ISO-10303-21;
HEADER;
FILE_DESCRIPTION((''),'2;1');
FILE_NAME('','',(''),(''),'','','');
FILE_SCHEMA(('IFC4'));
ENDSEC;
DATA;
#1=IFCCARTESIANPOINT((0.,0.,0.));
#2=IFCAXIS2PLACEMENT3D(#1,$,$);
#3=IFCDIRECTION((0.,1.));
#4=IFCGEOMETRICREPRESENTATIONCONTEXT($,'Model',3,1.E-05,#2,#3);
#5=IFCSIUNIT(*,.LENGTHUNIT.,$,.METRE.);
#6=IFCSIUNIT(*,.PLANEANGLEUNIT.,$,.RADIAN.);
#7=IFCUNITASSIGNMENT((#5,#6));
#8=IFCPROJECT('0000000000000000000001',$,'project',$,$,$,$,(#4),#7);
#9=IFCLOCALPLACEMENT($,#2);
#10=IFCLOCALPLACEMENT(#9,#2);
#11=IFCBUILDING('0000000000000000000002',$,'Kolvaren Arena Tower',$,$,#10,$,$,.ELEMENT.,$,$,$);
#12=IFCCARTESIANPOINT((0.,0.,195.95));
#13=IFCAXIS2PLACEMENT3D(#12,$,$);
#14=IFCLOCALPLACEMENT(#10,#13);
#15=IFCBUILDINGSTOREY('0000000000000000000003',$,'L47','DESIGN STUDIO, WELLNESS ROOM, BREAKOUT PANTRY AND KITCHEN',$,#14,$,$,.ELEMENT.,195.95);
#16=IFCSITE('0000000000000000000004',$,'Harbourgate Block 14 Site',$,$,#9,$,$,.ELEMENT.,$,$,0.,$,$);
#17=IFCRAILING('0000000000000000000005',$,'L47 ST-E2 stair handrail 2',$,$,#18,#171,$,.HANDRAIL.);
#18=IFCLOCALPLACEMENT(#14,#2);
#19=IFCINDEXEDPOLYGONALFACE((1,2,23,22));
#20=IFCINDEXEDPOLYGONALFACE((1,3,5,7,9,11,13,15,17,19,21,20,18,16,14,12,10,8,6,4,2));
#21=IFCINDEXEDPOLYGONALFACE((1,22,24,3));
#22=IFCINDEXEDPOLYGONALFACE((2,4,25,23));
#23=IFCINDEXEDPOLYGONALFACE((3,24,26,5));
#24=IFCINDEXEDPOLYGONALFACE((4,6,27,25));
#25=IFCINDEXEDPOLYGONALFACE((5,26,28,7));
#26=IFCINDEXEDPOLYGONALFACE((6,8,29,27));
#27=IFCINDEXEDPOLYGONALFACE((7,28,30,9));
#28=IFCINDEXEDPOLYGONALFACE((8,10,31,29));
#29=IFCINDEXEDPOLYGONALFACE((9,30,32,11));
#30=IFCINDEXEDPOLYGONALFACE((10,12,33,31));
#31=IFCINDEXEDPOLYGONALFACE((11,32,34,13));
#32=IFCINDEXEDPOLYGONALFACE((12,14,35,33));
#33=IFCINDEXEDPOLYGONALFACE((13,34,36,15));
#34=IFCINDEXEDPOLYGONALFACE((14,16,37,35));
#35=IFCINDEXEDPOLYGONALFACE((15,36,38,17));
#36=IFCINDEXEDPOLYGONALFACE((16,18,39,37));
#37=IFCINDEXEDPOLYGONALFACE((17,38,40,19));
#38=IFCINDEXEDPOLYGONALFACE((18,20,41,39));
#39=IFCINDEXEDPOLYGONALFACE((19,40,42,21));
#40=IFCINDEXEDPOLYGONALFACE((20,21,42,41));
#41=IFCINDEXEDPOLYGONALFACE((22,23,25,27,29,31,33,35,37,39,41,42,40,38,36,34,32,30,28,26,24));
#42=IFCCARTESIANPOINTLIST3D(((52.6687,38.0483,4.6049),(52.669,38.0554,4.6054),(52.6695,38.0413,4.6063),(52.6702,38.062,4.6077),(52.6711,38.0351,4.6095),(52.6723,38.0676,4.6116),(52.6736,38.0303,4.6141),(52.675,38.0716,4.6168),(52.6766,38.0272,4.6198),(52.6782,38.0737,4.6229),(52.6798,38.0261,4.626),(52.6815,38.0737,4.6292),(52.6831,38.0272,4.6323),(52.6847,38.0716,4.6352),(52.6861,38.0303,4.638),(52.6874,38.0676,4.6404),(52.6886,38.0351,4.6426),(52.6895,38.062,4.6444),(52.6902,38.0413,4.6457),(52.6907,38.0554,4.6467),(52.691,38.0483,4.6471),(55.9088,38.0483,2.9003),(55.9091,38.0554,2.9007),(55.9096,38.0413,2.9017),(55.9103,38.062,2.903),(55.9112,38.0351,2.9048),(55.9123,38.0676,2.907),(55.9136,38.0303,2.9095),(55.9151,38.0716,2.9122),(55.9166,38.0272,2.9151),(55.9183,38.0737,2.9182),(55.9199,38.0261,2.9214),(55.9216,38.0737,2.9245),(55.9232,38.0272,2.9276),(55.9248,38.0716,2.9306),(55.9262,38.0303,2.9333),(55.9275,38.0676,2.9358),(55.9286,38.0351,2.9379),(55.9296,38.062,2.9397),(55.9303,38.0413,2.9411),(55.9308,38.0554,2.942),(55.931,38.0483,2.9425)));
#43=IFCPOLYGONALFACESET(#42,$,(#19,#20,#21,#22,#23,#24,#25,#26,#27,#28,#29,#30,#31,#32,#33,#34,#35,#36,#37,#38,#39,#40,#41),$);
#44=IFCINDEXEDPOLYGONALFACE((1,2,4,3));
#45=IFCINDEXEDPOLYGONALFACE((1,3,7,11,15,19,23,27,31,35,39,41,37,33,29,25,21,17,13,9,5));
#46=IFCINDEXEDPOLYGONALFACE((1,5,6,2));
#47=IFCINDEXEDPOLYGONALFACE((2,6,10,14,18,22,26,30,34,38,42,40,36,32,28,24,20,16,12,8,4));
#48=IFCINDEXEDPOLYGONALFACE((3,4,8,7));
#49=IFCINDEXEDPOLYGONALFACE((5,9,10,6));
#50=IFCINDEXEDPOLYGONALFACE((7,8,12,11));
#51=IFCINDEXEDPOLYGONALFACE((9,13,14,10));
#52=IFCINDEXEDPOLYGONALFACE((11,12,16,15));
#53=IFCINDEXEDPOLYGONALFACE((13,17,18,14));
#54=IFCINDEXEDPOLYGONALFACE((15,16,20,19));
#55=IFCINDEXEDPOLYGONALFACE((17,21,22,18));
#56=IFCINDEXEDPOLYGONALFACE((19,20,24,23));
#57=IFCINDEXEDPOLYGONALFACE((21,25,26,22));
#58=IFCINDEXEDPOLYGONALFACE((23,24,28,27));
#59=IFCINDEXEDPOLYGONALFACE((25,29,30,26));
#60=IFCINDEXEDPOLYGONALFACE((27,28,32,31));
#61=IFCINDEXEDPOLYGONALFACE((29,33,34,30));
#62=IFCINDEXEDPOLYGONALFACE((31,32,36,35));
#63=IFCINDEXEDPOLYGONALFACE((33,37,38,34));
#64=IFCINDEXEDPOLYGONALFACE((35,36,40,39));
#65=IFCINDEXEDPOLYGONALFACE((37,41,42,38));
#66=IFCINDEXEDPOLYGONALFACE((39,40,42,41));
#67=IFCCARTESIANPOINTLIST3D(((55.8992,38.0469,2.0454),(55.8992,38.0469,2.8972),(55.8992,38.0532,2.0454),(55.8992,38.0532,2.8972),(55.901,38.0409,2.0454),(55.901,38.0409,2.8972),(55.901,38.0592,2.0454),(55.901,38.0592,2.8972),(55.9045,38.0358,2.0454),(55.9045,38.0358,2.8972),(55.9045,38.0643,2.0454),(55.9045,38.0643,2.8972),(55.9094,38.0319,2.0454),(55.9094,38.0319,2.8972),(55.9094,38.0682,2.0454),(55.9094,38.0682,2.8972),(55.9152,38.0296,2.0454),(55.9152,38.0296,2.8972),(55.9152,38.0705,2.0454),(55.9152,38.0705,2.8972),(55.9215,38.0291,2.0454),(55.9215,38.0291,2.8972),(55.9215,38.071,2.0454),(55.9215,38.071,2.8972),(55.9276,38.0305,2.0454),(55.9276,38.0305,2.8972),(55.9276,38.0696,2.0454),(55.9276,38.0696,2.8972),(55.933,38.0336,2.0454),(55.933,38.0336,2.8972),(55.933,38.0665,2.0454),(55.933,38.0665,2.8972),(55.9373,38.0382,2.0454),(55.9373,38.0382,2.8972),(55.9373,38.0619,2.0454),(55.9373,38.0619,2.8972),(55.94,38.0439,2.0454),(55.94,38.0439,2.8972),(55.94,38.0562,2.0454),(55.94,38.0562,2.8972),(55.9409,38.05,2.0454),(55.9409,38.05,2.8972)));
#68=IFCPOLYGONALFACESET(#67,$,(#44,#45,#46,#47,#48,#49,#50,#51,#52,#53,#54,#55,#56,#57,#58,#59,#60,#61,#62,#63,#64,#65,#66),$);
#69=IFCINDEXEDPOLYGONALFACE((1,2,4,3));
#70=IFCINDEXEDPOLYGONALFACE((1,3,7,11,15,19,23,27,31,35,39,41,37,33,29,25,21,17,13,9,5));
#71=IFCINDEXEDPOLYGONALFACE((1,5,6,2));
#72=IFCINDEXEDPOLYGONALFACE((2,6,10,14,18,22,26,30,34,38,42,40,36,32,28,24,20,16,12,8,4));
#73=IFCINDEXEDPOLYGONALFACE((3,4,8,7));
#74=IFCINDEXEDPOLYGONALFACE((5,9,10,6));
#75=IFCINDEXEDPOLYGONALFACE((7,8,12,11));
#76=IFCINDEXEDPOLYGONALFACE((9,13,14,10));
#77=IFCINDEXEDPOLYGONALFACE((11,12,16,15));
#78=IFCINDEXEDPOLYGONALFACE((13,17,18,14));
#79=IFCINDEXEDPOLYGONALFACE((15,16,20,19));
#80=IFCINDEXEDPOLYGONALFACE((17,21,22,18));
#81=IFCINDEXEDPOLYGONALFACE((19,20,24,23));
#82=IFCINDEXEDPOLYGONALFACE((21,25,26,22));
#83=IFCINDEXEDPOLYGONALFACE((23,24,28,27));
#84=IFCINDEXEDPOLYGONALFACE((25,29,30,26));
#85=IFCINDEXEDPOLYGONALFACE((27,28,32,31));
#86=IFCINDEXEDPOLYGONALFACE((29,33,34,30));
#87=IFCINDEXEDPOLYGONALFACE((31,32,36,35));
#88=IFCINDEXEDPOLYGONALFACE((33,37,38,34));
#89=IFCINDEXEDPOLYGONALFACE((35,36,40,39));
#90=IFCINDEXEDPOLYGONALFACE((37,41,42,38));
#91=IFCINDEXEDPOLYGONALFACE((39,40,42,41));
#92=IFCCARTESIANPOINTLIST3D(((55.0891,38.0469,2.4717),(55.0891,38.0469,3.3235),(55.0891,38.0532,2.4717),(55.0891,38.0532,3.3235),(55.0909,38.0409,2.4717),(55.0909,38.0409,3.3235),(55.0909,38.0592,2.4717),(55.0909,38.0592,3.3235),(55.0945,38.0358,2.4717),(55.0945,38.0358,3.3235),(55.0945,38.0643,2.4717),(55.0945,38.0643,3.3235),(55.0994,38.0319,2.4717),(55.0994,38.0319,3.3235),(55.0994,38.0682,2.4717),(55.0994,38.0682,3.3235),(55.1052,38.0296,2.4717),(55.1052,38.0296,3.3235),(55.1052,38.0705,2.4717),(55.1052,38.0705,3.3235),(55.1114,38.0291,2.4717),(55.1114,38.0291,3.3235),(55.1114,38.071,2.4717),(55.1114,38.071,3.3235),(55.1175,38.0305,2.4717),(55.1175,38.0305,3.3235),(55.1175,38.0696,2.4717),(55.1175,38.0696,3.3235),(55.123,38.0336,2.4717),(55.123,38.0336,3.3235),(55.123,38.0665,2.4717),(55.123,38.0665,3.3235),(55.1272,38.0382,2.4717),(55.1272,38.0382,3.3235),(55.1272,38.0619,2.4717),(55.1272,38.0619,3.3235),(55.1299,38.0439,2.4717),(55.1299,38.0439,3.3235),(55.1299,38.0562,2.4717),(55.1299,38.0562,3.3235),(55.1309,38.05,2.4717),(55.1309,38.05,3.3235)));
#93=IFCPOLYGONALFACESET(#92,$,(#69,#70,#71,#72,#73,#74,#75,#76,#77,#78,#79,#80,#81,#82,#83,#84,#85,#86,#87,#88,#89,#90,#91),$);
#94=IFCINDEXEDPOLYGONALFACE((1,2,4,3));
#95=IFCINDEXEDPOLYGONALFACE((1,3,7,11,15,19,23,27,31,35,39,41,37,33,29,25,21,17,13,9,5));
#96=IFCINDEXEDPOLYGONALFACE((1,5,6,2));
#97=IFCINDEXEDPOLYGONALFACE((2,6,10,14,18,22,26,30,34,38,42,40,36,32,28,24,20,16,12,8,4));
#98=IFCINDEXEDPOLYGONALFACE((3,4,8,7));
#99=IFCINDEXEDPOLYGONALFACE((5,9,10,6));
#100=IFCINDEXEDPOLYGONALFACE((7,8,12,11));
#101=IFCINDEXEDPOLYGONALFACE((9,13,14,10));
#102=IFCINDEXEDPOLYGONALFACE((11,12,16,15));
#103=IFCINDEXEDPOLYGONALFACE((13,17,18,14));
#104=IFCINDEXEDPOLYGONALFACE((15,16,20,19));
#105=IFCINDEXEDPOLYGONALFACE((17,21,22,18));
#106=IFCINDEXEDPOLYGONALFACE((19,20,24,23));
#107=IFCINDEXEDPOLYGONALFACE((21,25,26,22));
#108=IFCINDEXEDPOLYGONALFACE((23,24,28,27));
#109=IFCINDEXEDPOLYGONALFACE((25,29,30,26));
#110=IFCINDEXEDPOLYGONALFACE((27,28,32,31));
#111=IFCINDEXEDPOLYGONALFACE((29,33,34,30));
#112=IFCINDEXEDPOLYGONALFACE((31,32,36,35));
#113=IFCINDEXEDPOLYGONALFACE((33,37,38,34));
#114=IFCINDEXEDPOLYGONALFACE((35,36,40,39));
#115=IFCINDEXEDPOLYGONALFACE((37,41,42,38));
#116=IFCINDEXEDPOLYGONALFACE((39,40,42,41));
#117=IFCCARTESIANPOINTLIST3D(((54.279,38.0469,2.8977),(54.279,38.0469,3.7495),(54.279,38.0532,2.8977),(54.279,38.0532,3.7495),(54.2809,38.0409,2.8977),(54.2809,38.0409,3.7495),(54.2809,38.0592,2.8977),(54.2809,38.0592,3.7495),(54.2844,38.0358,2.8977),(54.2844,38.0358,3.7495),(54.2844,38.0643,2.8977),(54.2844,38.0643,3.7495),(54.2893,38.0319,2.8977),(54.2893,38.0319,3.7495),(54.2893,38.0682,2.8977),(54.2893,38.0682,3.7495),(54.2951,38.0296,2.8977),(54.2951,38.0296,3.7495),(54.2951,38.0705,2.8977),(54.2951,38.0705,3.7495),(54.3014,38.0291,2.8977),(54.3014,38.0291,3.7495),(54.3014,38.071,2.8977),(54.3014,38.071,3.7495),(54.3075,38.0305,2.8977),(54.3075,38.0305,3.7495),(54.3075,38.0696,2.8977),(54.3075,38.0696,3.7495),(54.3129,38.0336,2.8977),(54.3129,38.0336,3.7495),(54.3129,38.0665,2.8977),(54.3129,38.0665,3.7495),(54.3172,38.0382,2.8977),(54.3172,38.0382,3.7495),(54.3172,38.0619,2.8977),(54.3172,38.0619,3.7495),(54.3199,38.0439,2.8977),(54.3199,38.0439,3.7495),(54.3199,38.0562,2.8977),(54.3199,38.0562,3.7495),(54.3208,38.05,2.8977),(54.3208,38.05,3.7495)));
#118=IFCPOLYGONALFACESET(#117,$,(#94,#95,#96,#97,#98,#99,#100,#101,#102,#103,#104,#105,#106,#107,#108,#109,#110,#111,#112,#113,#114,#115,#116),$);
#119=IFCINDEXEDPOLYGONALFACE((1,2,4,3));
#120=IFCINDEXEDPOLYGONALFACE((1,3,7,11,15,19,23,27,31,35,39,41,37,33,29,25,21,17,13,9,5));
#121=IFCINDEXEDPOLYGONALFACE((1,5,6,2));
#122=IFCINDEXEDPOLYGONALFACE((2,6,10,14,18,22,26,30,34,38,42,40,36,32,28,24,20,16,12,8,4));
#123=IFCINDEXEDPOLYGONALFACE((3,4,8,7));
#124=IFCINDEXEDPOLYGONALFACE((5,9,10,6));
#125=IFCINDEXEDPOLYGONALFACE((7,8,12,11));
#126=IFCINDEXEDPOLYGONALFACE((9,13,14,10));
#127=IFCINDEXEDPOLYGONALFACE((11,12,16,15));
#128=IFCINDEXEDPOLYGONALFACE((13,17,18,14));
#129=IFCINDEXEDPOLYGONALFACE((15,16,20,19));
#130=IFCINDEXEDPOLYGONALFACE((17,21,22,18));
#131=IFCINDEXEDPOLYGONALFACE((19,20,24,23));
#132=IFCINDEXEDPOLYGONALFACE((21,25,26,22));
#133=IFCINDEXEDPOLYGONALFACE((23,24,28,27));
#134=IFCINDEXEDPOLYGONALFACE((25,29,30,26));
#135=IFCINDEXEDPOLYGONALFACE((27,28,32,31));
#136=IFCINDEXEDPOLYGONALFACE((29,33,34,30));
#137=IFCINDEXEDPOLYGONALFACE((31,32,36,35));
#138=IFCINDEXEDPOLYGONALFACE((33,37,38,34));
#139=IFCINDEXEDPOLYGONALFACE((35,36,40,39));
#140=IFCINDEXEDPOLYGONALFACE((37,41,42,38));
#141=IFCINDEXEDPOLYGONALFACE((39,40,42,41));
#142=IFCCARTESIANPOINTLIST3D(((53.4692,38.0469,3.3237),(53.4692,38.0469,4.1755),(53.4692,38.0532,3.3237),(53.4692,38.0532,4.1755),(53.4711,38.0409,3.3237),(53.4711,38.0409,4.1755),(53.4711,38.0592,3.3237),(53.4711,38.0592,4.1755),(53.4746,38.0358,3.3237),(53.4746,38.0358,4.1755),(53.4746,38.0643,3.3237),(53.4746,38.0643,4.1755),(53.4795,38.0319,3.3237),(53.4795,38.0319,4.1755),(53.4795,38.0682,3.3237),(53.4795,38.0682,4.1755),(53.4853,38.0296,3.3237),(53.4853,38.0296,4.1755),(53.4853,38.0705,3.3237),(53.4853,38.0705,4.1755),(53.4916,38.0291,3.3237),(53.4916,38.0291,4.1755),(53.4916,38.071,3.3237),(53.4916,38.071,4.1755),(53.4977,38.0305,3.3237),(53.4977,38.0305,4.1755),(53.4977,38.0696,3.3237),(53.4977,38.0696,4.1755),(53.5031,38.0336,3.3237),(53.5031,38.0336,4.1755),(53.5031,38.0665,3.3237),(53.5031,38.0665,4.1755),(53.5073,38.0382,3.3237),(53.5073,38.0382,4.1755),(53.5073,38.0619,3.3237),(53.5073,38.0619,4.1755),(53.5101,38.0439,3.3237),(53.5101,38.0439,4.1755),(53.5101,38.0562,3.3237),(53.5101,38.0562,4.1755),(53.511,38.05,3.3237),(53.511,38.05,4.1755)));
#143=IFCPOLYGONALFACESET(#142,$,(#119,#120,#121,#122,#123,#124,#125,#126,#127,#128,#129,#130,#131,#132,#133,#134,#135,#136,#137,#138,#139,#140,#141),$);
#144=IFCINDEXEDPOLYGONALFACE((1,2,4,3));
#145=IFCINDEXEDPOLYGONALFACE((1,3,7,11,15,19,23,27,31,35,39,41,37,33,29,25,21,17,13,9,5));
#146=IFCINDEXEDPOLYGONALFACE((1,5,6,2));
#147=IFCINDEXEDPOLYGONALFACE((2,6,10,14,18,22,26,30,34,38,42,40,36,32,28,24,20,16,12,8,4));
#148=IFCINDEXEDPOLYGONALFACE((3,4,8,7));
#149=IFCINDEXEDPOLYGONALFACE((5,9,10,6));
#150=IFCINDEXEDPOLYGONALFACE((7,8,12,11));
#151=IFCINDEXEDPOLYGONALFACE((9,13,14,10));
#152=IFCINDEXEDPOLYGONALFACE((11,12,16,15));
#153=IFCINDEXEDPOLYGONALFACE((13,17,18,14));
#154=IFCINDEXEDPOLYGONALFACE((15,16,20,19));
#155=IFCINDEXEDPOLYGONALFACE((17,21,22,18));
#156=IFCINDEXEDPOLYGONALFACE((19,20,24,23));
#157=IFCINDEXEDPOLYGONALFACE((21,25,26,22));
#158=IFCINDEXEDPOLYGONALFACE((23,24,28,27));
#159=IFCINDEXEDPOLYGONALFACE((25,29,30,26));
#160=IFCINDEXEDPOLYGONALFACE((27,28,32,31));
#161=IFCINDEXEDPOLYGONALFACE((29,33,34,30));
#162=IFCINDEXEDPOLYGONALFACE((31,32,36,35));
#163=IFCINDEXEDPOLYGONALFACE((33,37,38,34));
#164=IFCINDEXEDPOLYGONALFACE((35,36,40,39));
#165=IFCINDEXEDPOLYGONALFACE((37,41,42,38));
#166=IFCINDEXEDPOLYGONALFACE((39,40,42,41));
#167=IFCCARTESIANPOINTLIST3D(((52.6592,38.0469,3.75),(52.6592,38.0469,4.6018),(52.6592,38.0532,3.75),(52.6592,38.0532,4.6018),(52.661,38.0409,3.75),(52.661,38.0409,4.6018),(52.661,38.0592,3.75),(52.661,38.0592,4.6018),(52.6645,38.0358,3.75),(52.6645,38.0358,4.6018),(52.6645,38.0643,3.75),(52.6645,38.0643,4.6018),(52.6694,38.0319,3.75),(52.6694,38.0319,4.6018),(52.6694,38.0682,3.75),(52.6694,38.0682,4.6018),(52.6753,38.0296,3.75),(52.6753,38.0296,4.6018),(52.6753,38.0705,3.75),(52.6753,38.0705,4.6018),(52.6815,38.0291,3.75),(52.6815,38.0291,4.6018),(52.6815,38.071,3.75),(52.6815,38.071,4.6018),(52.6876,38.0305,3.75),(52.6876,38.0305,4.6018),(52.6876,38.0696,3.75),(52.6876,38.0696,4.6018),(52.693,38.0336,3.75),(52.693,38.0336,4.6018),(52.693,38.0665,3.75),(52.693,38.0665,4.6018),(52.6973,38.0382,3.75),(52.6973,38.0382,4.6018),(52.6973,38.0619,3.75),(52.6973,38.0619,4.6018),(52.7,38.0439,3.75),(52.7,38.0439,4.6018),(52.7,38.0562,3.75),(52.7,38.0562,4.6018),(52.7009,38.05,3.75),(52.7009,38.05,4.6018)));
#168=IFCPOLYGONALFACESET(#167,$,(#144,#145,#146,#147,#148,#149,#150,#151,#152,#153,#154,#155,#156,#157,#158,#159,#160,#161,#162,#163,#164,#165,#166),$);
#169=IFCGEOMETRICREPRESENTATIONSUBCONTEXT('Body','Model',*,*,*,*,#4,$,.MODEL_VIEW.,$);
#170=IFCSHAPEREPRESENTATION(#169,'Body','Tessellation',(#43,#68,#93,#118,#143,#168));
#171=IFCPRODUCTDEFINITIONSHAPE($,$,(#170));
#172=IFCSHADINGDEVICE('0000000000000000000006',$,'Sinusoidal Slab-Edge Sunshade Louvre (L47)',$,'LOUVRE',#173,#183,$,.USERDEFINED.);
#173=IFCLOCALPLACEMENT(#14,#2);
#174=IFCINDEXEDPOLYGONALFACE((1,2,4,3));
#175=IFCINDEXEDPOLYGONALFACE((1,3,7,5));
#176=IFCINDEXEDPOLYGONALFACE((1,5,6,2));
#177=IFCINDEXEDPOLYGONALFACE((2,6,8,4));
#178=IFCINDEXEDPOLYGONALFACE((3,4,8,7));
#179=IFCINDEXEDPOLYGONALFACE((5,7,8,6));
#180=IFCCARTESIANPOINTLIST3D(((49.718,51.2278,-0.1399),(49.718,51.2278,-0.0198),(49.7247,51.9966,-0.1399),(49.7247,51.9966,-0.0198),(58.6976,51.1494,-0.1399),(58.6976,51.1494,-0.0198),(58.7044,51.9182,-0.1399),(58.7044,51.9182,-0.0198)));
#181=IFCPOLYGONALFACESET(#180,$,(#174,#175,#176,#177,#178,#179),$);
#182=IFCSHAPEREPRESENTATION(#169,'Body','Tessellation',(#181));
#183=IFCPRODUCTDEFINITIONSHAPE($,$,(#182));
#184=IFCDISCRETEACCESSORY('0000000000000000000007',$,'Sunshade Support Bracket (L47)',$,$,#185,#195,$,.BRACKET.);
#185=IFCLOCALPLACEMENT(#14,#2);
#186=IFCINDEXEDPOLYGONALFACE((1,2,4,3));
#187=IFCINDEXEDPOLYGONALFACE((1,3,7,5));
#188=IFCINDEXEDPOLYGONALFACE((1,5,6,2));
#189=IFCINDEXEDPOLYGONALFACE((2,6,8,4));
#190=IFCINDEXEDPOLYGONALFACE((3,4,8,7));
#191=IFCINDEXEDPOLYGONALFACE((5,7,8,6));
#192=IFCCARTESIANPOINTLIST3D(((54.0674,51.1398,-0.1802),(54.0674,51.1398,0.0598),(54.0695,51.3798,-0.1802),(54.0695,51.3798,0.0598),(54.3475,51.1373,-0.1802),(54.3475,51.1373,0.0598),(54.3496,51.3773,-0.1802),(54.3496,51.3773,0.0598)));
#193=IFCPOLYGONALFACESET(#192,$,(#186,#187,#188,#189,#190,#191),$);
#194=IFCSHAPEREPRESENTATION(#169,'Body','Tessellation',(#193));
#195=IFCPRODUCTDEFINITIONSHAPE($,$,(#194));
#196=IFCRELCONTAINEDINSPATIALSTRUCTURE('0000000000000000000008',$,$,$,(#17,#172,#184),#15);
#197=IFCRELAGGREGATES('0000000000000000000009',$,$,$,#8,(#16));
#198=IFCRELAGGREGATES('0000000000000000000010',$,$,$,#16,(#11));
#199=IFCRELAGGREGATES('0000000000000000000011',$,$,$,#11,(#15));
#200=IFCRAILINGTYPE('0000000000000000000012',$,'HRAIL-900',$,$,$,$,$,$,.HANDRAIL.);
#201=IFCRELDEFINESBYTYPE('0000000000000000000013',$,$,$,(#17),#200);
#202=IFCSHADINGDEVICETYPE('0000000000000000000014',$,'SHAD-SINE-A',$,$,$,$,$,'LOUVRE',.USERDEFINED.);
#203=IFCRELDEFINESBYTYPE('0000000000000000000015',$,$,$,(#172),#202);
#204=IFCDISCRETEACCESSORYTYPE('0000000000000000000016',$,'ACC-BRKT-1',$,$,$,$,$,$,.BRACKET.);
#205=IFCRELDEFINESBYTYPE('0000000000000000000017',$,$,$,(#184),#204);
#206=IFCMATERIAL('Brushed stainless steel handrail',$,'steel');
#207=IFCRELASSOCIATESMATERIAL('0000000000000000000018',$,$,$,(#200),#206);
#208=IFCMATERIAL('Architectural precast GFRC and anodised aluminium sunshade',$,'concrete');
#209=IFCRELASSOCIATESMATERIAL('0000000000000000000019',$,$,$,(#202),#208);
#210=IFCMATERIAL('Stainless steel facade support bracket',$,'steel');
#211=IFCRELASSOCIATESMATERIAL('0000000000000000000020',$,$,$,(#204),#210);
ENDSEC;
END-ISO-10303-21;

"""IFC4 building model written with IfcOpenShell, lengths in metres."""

from ifc_helpers import new_model, si_unit, direction, frame, origin, origin_2d, place, context, subcontext, project, spatial, rectangle, circle, extrude, material, type_object, element, save


model = new_model("IFC4")

# Units and contexts
model_context = context("Model", 3, precision=1e-05, world=origin(), true_north=direction((0.0, 1.0)))
body_context = subcontext(model_context, "Body", "Model", "MODEL_VIEW")
ifc_project = project(units=[si_unit("LENGTHUNIT", "METRE"), si_unit("PLANEANGLEUNIT", "RADIAN")], contexts=[model_context])

# Site, building, storey
site_placement = place(None, origin())
site = spatial("IfcSite", under=ifc_project, at=site_placement, Name="Harbourgate Block 14 Site", CompositionType="ELEMENT", RefElevation=0.0)
building_placement = place(site_placement, origin())
building = spatial("IfcBuilding", under=site, at=building_placement, Name="Kolvaren Arena Tower", CompositionType="ELEMENT")
storey_placement = place(building_placement, frame((0.0, 0.0, 195.95)))
storey = spatial("IfcBuildingStorey", under=building, at=storey_placement, Name="L47", Description="DESIGN STUDIO, WELLNESS ROOM, BREAKOUT PANTRY AND KITCHEN", CompositionType="ELEMENT", Elevation=195.95)

# Railing
ifc_material_1 = material(Name="Brushed stainless steel handrail", Category="steel")
railing_type = type_object("IfcRailingType", Name="HRAIL-900", PredefinedType="HANDRAIL", material=ifc_material_1)
railing_placement = place(storey_placement, frame((55.9199, 38.05, 2.0454)))
element("IfcRailing", 1, at=railing_placement, inside=storey, type_object=railing_type, Name="L47 ST-E2 stair handrail 2", PredefinedType="HANDRAIL", context=body_context, shape_type="SweptSolid", body=[
    extrude(circle(Radius=0.0239, at=origin_2d()), frame((0.0, 0.0, 0.876), z_axis=(-0.884993, 0.0, 0.465604), x_axis=(0.0, -1.0, 0.0)), (0.0, 0.0, 1.0), 3.6611),
    extrude(circle(Radius=0.021, at=origin_2d()), origin(), (0.0, 0.0, 1.0), 0.8518),
    extrude(circle(Radius=0.021, at=origin_2d()), frame((-0.8101, 0.0, 0.4263)), (0.0, 0.0, 1.0), 0.8518),
    extrude(circle(Radius=0.021, at=origin_2d()), frame((-1.6201, 0.0, 0.8523)), (0.0, 0.0, 1.0), 0.8518),
    extrude(circle(Radius=0.021, at=origin_2d()), frame((-2.4299, 0.0, 1.2783)), (0.0, 0.0, 1.0), 0.8518),
    extrude(circle(Radius=0.021, at=origin_2d()), frame((-3.24, 0.0, 1.7046)), (0.0, 0.0, 1.0), 0.8518),
])

# Shading device
ifc_material_2 = material(Name="Architectural precast GFRC and anodised aluminium sunshade", Category="concrete")
shading_device_type = type_object("IfcShadingDeviceType", Name="SHAD-SINE-A", ElementType="LOUVRE", PredefinedType="USERDEFINED", material=ifc_material_2)
shading_device_placement = place(storey_placement, frame((54.2112, 51.573, -0.1399), z_axis=(0.0, 0.0, 1.0), x_axis=(0.999962, -0.008727, 0.0)))
element("IfcShadingDevice", 2, at=shading_device_placement, inside=storey, type_object=shading_device_type, Name="Sinusoidal Slab-Edge Sunshade Louvre (L47)", ObjectType="LOUVRE", PredefinedType="USERDEFINED", context=body_context, shape_type="SweptSolid", body=[
    extrude(rectangle(XDim=8.98, YDim=0.7688, at=origin_2d()), origin(), (0.0, 0.0, 1.0), 0.1201),
])

# Discrete accessory
ifc_material_3 = material(Name="Stainless steel facade support bracket", Category="steel")
discrete_accessory_type = type_object("IfcDiscreteAccessoryType", Name="ACC-BRKT-1", PredefinedType="BRACKET", material=ifc_material_3)
discrete_accessory_placement = place(storey_placement, frame((54.2085, 51.2585, -0.1802), z_axis=(0.0, 0.0, 1.0), x_axis=(0.999962, -0.008727, 0.0)))
element("IfcDiscreteAccessory", 3, at=discrete_accessory_placement, inside=storey, type_object=discrete_accessory_type, Name="Sunshade Support Bracket (L47)", PredefinedType="BRACKET", context=body_context, shape_type="SweptSolid", body=[
    extrude(rectangle(XDim=0.28, YDim=0.24, at=origin_2d()), origin(), (0.0, 0.0, 1.0), 0.24),
])

save(model, "model.ifc")
